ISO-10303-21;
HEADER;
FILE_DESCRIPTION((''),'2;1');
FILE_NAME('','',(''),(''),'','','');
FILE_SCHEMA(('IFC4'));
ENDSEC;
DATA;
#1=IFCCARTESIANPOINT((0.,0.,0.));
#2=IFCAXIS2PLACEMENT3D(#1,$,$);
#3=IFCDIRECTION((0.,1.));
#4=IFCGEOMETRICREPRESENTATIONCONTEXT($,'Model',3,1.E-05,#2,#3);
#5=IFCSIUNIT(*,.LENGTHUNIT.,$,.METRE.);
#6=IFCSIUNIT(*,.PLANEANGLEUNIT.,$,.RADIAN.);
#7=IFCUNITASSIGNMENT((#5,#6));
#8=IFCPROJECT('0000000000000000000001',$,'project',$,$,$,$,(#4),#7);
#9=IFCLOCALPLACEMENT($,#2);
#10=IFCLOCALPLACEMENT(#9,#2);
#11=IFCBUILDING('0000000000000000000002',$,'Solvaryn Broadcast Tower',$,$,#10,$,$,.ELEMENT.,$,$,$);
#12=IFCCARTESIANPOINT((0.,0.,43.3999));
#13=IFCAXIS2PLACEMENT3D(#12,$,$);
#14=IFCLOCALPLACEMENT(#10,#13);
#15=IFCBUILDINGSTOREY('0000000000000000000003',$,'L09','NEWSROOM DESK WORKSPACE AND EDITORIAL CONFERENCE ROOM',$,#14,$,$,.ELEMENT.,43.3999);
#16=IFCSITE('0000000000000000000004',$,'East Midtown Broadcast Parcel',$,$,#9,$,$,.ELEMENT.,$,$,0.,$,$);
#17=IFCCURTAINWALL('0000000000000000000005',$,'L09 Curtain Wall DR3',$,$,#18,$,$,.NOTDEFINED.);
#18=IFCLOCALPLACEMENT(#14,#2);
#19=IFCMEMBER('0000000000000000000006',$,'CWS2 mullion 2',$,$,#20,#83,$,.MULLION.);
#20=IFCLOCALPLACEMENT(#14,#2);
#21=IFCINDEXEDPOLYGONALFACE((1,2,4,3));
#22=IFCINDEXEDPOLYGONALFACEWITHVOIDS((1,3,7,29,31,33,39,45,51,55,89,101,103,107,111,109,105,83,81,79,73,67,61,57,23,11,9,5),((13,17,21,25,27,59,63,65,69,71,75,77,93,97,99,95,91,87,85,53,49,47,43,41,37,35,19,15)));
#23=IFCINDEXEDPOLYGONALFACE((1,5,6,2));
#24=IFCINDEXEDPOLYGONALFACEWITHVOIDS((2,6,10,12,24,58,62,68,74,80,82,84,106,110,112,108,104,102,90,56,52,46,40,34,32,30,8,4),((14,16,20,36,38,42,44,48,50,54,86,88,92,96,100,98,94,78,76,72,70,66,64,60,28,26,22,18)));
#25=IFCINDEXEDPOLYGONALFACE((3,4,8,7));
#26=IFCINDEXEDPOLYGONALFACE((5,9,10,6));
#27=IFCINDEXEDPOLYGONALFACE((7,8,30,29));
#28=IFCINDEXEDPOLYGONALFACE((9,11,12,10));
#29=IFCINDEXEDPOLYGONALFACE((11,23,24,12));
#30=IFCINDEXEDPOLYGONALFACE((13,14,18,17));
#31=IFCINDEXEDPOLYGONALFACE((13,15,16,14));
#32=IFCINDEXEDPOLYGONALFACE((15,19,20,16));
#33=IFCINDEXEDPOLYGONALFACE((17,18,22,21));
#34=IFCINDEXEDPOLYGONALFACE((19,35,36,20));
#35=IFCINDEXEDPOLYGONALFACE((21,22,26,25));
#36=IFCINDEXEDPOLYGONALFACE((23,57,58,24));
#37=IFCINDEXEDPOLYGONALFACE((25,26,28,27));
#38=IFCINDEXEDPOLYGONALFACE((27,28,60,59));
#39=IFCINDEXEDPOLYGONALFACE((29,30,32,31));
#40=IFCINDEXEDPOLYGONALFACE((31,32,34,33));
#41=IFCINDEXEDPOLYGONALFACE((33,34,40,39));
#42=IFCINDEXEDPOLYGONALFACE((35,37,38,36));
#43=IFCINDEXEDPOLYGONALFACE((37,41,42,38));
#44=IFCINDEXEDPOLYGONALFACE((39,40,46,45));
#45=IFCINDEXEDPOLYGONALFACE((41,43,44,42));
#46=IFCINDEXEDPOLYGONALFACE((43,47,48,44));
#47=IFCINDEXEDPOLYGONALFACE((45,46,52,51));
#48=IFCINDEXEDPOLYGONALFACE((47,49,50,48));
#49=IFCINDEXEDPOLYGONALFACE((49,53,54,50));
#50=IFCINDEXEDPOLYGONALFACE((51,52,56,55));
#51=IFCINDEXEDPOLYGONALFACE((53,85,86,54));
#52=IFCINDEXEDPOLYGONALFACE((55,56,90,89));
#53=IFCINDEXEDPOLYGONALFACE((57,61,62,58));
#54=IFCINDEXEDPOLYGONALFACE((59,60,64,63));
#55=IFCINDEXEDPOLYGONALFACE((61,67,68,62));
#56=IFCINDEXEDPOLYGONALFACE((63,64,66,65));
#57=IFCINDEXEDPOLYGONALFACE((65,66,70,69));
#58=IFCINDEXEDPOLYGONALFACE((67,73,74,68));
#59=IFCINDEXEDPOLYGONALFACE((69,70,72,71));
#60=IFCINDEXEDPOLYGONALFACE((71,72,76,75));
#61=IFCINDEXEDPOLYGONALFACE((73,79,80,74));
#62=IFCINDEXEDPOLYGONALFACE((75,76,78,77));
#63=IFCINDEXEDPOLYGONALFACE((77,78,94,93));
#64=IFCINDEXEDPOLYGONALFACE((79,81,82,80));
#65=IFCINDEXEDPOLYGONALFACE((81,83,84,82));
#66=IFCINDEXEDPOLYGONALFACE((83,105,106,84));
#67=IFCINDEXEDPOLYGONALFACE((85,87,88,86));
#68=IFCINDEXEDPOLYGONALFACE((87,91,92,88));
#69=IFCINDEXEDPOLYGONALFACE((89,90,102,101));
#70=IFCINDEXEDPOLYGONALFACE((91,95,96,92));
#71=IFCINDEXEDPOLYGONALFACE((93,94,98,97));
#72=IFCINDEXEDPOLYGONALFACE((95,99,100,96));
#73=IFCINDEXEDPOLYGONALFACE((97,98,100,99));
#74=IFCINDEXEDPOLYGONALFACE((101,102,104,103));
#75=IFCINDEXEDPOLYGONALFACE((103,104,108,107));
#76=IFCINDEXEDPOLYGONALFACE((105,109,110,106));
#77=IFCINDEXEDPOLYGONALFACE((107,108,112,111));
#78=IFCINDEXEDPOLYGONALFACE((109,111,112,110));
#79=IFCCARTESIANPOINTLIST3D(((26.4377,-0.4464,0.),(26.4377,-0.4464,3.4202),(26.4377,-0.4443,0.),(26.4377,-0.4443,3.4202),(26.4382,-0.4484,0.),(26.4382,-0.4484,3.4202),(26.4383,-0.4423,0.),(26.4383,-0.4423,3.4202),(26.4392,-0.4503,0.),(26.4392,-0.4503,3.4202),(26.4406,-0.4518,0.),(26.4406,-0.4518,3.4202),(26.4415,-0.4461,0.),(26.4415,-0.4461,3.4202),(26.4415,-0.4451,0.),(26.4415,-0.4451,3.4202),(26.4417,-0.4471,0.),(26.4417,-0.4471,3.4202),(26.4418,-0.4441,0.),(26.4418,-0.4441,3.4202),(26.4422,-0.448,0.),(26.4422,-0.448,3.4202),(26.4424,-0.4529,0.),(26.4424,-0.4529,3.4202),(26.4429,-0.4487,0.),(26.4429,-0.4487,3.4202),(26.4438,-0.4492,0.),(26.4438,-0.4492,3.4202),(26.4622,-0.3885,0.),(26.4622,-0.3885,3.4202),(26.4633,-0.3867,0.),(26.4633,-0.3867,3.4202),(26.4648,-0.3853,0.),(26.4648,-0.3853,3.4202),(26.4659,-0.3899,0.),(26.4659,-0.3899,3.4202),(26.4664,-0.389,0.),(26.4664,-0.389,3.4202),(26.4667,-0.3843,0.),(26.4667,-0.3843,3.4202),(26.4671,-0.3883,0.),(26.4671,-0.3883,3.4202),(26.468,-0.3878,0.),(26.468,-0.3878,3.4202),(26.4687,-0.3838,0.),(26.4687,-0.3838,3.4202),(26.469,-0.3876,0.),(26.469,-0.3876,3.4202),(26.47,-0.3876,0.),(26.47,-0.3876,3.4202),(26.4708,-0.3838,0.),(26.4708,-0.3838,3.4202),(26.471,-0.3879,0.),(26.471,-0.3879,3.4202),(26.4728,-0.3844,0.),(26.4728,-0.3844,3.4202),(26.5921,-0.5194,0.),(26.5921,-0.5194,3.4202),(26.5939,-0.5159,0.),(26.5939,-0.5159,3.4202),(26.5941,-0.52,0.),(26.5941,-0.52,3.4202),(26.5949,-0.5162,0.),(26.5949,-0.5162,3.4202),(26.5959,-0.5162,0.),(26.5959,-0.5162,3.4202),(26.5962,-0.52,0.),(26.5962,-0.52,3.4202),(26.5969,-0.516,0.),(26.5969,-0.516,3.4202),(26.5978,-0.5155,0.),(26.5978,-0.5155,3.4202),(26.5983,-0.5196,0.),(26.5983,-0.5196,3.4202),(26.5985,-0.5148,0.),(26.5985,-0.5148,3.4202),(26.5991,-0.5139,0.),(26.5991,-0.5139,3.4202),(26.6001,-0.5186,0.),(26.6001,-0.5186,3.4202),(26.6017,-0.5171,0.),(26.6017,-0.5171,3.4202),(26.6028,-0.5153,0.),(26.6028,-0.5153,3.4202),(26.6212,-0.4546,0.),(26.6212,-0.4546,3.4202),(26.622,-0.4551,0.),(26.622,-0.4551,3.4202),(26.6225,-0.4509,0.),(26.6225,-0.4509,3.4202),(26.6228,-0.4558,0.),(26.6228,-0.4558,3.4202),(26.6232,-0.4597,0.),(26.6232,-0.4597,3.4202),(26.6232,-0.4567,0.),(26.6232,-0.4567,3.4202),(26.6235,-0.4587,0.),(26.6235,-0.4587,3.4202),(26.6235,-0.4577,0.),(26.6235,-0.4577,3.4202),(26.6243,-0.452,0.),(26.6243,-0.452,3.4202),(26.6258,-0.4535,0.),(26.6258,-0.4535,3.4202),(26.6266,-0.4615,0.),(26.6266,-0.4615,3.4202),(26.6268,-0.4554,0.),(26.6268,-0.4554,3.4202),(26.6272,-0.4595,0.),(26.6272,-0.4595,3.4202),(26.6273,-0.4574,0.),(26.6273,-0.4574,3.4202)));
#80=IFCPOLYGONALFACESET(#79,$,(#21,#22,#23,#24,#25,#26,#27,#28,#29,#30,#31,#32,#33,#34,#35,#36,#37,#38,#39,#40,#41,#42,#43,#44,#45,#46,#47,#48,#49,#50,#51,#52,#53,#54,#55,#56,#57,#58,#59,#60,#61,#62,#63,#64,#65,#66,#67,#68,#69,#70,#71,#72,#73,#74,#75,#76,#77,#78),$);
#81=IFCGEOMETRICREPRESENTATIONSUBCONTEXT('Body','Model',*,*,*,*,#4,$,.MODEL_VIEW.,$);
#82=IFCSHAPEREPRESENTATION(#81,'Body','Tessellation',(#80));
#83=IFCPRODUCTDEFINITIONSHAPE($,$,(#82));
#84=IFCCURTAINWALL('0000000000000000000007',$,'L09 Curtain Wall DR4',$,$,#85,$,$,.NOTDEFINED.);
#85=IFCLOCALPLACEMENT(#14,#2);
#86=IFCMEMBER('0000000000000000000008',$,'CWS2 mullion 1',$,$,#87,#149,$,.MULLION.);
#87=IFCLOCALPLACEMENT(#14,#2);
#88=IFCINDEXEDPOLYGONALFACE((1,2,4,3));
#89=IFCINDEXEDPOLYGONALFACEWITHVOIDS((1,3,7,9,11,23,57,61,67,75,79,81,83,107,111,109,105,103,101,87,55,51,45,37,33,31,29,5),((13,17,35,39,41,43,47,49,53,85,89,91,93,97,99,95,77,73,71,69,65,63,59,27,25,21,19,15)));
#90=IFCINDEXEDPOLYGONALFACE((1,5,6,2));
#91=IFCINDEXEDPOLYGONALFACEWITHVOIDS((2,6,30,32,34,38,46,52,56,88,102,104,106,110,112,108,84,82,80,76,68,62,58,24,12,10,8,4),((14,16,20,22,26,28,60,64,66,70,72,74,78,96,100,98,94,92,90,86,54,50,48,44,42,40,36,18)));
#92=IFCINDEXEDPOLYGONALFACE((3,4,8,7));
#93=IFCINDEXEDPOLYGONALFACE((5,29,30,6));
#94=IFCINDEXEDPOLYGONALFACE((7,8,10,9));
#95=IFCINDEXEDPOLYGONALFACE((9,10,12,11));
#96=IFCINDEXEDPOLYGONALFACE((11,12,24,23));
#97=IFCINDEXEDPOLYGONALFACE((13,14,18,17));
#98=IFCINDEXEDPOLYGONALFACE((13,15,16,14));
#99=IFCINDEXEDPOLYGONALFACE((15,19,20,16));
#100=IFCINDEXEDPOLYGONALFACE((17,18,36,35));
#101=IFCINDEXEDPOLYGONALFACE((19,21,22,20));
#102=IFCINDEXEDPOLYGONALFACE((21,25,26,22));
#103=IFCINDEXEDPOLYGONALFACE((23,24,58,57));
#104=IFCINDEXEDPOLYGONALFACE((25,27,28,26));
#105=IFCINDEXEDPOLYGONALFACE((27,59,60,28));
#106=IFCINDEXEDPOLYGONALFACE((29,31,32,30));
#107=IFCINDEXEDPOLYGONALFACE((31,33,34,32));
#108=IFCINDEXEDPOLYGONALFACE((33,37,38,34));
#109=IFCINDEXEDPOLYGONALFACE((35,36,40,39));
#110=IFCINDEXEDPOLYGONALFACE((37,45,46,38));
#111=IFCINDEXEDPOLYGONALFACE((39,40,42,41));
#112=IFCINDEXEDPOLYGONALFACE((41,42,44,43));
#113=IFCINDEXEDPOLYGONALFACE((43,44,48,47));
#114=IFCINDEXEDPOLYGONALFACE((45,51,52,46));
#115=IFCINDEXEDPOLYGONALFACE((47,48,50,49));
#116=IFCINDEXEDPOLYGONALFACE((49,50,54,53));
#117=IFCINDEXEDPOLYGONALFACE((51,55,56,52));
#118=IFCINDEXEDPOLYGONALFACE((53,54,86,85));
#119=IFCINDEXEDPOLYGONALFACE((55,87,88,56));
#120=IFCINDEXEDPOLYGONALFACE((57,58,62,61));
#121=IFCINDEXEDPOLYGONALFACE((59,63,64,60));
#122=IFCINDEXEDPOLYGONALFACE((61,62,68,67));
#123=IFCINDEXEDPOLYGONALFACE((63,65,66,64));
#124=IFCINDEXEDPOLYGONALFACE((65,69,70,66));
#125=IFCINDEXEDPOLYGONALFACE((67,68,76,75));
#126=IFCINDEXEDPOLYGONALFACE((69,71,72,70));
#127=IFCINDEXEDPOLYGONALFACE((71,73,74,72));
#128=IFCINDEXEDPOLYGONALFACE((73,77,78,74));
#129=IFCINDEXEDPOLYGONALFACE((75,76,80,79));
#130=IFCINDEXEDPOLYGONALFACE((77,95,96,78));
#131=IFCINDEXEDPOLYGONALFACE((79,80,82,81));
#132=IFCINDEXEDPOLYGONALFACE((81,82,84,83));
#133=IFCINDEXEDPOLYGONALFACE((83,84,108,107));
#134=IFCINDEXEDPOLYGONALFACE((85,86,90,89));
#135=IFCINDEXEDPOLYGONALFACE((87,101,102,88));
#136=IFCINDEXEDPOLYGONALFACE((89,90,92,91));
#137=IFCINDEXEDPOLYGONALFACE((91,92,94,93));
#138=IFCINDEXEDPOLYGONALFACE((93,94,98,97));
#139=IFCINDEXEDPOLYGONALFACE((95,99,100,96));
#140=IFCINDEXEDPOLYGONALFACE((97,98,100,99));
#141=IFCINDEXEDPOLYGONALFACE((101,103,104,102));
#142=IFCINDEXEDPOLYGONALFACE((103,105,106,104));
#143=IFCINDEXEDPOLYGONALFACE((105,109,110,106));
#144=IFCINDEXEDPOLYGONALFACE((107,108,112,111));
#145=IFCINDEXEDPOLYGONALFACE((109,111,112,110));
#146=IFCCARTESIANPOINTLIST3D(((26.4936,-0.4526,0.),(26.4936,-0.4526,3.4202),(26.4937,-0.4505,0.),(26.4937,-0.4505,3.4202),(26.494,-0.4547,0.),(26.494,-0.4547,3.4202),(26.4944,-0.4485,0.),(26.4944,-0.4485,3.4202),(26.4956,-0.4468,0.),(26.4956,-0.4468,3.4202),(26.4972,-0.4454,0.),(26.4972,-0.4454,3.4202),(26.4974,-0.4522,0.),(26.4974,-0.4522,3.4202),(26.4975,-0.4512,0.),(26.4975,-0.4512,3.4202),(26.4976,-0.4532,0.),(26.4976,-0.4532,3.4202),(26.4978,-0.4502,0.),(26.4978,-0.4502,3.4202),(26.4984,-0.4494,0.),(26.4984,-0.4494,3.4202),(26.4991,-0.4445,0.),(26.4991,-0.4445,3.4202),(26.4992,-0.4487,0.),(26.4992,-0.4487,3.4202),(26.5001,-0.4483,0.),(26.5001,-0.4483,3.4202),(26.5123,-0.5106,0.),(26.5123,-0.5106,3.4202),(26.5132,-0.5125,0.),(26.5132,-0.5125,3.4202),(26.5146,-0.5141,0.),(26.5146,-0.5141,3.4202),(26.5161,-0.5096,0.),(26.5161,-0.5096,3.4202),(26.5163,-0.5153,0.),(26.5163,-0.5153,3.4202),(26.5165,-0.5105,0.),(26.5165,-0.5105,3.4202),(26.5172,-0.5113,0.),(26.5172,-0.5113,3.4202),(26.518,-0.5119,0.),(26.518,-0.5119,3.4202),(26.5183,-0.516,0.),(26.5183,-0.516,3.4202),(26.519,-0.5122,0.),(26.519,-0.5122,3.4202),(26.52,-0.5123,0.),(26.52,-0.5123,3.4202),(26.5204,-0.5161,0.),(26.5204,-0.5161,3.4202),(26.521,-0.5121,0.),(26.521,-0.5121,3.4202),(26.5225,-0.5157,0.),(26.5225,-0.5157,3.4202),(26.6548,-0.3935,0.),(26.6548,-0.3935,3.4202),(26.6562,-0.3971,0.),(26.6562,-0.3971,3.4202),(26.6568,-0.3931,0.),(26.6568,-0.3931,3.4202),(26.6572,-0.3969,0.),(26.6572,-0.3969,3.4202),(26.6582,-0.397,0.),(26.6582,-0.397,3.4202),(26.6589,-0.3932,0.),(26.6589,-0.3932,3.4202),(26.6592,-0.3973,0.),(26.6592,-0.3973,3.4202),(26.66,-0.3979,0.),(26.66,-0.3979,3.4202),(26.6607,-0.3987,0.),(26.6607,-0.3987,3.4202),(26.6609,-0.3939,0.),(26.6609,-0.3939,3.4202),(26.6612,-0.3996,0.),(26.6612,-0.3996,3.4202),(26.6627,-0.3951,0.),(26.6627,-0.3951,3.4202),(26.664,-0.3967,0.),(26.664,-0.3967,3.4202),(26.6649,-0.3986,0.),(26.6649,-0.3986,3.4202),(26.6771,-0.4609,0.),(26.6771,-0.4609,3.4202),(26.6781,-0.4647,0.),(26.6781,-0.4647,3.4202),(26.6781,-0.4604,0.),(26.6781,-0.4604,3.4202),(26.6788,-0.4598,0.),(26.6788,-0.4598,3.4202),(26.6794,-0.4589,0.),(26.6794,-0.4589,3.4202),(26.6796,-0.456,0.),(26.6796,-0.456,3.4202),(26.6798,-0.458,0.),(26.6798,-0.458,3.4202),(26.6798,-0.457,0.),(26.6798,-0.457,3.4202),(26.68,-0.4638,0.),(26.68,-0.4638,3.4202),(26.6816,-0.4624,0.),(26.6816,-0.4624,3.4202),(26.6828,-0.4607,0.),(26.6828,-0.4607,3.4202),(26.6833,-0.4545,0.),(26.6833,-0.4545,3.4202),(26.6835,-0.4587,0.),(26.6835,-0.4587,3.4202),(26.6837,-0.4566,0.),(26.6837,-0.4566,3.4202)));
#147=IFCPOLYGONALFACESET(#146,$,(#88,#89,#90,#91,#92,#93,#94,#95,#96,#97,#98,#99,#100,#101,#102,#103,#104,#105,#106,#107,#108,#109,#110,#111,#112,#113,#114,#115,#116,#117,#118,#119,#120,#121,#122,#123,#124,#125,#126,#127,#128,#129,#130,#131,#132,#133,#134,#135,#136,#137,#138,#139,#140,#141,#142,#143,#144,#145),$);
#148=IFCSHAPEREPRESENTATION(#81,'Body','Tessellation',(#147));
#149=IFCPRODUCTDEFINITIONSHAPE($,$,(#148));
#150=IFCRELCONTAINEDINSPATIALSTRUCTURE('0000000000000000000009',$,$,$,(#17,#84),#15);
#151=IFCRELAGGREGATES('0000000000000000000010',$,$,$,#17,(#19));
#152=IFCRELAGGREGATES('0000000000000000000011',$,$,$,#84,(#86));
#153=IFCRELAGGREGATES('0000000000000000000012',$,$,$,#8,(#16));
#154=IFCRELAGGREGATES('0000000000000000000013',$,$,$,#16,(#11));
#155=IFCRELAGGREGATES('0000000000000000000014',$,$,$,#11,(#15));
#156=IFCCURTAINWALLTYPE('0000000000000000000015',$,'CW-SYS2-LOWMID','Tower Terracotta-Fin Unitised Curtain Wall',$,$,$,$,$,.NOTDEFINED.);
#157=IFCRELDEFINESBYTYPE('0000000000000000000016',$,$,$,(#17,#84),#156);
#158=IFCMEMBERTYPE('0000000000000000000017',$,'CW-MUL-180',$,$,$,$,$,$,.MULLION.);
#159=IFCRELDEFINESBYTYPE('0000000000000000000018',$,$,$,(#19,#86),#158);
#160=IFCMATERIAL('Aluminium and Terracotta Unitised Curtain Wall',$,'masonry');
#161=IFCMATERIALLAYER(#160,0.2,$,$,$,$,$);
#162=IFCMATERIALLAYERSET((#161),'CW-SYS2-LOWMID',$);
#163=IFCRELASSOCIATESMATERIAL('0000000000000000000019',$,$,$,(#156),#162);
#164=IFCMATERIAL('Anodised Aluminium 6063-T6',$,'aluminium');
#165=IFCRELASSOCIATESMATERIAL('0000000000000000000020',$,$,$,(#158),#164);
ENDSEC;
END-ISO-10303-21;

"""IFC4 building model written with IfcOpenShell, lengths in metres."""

from ifc_helpers import new_model, si_unit, direction, frame, origin, origin_2d, place, context, subcontext, project, spatial, hollow_rectangle, extrude, material, layer, layer_set, material_profile, profile_set, type_object, element, aggregate, save


model = new_model("IFC4")

# Units and contexts
model_context = context("Model", 3, precision=1e-05, world=origin(), true_north=direction((0.0, 1.0)))
body_context = subcontext(model_context, "Body", "Model", "MODEL_VIEW")
ifc_project = project(units=[si_unit("LENGTHUNIT", "METRE"), si_unit("PLANEANGLEUNIT", "RADIAN")], contexts=[model_context])

# Site, building, storey
site_placement = place(None, origin())
site = spatial("IfcSite", under=ifc_project, at=site_placement, Name="East Midtown Broadcast Parcel", CompositionType="ELEMENT", RefElevation=0.0)
building_placement = place(site_placement, origin())
building = spatial("IfcBuilding", under=site, at=building_placement, Name="Solvaryn Broadcast Tower", CompositionType="ELEMENT")
storey_placement = place(building_placement, frame((0.0, 0.0, 43.3999)))
storey = spatial("IfcBuildingStorey", under=building, at=storey_placement, Name="L09", Description="NEWSROOM DESK WORKSPACE AND EDITORIAL CONFERENCE ROOM", CompositionType="ELEMENT", Elevation=43.3999)

# Curtain wall, member
ifc_material_1 = material(Name="Aluminium and Terracotta Unitised Curtain Wall", Category="masonry")
ifc_layer_1 = layer(ifc_material_1, 0.2)
ifc_layer_set_1 = layer_set([ifc_layer_1], Name="CW-SYS2-LOWMID")
curtain_wall_type = type_object("IfcCurtainWallType", Name="CW-SYS2-LOWMID", Description="Tower Terracotta-Fin Unitised Curtain Wall", PredefinedType="NOTDEFINED", material=ifc_layer_set_1)
curtain_wall_1_placement = place(storey_placement, origin())
curtain_wall_1 = element("IfcCurtainWall", 1, at=curtain_wall_1_placement, inside=storey, type_object=curtain_wall_type, Name="L09 Curtain Wall DR3", PredefinedType="NOTDEFINED")
ifc_material_2 = material(Name="Anodised Aluminium 6063-T6", Category="aluminium")
ifc_material_profile_1 = material_profile(ifc_material_2, hollow_rectangle(XDim=0.075, YDim=0.1799, WallThickness=0.0039, InnerFilletRadius=0.0039, OuterFilletRadius=0.0081, at=origin_2d()))
ifc_profile_set_1 = profile_set([ifc_material_profile_1], Name="Anodised Aluminium 6063-T6")
member_type_1 = type_object("IfcMemberType", Name="CW-MUL-180", PredefinedType="MULLION", material=ifc_profile_set_1)
member_1_placement = place(storey_placement, frame((26.5325, -0.4519, 0.0), z_axis=(0.0, 0.0, 1.0), x_axis=(0.405898, 0.913918, 0.0)))
member_1 = element("IfcMember", 2, at=member_1_placement, type_object=member_type_1, Name="CWS2 mullion 2", PredefinedType="MULLION", context=body_context, shape_type="SweptSolid", body=[
    extrude(hollow_rectangle(XDim=0.075, YDim=0.1799, WallThickness=0.0039, InnerFilletRadius=0.0039, OuterFilletRadius=0.0081, at=origin_2d()), origin(), (0.0, 0.0, 1.0), 3.4202),
])
aggregate(curtain_wall_1, [member_1])

# Curtain wall, member
curtain_wall_2_placement = place(storey_placement, origin())
curtain_wall_2 = element("IfcCurtainWall", 3, at=curtain_wall_2_placement, inside=storey, type_object=curtain_wall_type, Name="L09 Curtain Wall DR4", PredefinedType="NOTDEFINED")
member_2_placement = place(storey_placement, frame((26.5886, -0.4546, 0.0), z_axis=(0.0, 0.0, 1.0), x_axis=(-0.311594, 0.950215, 0.0)))
member_2 = element("IfcMember", 4, at=member_2_placement, type_object=member_type_1, Name="CWS2 mullion 1", PredefinedType="MULLION", context=body_context, shape_type="SweptSolid", body=[
    extrude(hollow_rectangle(XDim=0.075, YDim=0.1799, WallThickness=0.0039, InnerFilletRadius=0.0039, OuterFilletRadius=0.0081, at=origin_2d()), origin(), (0.0, 0.0, 1.0), 3.4202),
])
aggregate(curtain_wall_2, [member_2])

save(model, "model.ifc")
